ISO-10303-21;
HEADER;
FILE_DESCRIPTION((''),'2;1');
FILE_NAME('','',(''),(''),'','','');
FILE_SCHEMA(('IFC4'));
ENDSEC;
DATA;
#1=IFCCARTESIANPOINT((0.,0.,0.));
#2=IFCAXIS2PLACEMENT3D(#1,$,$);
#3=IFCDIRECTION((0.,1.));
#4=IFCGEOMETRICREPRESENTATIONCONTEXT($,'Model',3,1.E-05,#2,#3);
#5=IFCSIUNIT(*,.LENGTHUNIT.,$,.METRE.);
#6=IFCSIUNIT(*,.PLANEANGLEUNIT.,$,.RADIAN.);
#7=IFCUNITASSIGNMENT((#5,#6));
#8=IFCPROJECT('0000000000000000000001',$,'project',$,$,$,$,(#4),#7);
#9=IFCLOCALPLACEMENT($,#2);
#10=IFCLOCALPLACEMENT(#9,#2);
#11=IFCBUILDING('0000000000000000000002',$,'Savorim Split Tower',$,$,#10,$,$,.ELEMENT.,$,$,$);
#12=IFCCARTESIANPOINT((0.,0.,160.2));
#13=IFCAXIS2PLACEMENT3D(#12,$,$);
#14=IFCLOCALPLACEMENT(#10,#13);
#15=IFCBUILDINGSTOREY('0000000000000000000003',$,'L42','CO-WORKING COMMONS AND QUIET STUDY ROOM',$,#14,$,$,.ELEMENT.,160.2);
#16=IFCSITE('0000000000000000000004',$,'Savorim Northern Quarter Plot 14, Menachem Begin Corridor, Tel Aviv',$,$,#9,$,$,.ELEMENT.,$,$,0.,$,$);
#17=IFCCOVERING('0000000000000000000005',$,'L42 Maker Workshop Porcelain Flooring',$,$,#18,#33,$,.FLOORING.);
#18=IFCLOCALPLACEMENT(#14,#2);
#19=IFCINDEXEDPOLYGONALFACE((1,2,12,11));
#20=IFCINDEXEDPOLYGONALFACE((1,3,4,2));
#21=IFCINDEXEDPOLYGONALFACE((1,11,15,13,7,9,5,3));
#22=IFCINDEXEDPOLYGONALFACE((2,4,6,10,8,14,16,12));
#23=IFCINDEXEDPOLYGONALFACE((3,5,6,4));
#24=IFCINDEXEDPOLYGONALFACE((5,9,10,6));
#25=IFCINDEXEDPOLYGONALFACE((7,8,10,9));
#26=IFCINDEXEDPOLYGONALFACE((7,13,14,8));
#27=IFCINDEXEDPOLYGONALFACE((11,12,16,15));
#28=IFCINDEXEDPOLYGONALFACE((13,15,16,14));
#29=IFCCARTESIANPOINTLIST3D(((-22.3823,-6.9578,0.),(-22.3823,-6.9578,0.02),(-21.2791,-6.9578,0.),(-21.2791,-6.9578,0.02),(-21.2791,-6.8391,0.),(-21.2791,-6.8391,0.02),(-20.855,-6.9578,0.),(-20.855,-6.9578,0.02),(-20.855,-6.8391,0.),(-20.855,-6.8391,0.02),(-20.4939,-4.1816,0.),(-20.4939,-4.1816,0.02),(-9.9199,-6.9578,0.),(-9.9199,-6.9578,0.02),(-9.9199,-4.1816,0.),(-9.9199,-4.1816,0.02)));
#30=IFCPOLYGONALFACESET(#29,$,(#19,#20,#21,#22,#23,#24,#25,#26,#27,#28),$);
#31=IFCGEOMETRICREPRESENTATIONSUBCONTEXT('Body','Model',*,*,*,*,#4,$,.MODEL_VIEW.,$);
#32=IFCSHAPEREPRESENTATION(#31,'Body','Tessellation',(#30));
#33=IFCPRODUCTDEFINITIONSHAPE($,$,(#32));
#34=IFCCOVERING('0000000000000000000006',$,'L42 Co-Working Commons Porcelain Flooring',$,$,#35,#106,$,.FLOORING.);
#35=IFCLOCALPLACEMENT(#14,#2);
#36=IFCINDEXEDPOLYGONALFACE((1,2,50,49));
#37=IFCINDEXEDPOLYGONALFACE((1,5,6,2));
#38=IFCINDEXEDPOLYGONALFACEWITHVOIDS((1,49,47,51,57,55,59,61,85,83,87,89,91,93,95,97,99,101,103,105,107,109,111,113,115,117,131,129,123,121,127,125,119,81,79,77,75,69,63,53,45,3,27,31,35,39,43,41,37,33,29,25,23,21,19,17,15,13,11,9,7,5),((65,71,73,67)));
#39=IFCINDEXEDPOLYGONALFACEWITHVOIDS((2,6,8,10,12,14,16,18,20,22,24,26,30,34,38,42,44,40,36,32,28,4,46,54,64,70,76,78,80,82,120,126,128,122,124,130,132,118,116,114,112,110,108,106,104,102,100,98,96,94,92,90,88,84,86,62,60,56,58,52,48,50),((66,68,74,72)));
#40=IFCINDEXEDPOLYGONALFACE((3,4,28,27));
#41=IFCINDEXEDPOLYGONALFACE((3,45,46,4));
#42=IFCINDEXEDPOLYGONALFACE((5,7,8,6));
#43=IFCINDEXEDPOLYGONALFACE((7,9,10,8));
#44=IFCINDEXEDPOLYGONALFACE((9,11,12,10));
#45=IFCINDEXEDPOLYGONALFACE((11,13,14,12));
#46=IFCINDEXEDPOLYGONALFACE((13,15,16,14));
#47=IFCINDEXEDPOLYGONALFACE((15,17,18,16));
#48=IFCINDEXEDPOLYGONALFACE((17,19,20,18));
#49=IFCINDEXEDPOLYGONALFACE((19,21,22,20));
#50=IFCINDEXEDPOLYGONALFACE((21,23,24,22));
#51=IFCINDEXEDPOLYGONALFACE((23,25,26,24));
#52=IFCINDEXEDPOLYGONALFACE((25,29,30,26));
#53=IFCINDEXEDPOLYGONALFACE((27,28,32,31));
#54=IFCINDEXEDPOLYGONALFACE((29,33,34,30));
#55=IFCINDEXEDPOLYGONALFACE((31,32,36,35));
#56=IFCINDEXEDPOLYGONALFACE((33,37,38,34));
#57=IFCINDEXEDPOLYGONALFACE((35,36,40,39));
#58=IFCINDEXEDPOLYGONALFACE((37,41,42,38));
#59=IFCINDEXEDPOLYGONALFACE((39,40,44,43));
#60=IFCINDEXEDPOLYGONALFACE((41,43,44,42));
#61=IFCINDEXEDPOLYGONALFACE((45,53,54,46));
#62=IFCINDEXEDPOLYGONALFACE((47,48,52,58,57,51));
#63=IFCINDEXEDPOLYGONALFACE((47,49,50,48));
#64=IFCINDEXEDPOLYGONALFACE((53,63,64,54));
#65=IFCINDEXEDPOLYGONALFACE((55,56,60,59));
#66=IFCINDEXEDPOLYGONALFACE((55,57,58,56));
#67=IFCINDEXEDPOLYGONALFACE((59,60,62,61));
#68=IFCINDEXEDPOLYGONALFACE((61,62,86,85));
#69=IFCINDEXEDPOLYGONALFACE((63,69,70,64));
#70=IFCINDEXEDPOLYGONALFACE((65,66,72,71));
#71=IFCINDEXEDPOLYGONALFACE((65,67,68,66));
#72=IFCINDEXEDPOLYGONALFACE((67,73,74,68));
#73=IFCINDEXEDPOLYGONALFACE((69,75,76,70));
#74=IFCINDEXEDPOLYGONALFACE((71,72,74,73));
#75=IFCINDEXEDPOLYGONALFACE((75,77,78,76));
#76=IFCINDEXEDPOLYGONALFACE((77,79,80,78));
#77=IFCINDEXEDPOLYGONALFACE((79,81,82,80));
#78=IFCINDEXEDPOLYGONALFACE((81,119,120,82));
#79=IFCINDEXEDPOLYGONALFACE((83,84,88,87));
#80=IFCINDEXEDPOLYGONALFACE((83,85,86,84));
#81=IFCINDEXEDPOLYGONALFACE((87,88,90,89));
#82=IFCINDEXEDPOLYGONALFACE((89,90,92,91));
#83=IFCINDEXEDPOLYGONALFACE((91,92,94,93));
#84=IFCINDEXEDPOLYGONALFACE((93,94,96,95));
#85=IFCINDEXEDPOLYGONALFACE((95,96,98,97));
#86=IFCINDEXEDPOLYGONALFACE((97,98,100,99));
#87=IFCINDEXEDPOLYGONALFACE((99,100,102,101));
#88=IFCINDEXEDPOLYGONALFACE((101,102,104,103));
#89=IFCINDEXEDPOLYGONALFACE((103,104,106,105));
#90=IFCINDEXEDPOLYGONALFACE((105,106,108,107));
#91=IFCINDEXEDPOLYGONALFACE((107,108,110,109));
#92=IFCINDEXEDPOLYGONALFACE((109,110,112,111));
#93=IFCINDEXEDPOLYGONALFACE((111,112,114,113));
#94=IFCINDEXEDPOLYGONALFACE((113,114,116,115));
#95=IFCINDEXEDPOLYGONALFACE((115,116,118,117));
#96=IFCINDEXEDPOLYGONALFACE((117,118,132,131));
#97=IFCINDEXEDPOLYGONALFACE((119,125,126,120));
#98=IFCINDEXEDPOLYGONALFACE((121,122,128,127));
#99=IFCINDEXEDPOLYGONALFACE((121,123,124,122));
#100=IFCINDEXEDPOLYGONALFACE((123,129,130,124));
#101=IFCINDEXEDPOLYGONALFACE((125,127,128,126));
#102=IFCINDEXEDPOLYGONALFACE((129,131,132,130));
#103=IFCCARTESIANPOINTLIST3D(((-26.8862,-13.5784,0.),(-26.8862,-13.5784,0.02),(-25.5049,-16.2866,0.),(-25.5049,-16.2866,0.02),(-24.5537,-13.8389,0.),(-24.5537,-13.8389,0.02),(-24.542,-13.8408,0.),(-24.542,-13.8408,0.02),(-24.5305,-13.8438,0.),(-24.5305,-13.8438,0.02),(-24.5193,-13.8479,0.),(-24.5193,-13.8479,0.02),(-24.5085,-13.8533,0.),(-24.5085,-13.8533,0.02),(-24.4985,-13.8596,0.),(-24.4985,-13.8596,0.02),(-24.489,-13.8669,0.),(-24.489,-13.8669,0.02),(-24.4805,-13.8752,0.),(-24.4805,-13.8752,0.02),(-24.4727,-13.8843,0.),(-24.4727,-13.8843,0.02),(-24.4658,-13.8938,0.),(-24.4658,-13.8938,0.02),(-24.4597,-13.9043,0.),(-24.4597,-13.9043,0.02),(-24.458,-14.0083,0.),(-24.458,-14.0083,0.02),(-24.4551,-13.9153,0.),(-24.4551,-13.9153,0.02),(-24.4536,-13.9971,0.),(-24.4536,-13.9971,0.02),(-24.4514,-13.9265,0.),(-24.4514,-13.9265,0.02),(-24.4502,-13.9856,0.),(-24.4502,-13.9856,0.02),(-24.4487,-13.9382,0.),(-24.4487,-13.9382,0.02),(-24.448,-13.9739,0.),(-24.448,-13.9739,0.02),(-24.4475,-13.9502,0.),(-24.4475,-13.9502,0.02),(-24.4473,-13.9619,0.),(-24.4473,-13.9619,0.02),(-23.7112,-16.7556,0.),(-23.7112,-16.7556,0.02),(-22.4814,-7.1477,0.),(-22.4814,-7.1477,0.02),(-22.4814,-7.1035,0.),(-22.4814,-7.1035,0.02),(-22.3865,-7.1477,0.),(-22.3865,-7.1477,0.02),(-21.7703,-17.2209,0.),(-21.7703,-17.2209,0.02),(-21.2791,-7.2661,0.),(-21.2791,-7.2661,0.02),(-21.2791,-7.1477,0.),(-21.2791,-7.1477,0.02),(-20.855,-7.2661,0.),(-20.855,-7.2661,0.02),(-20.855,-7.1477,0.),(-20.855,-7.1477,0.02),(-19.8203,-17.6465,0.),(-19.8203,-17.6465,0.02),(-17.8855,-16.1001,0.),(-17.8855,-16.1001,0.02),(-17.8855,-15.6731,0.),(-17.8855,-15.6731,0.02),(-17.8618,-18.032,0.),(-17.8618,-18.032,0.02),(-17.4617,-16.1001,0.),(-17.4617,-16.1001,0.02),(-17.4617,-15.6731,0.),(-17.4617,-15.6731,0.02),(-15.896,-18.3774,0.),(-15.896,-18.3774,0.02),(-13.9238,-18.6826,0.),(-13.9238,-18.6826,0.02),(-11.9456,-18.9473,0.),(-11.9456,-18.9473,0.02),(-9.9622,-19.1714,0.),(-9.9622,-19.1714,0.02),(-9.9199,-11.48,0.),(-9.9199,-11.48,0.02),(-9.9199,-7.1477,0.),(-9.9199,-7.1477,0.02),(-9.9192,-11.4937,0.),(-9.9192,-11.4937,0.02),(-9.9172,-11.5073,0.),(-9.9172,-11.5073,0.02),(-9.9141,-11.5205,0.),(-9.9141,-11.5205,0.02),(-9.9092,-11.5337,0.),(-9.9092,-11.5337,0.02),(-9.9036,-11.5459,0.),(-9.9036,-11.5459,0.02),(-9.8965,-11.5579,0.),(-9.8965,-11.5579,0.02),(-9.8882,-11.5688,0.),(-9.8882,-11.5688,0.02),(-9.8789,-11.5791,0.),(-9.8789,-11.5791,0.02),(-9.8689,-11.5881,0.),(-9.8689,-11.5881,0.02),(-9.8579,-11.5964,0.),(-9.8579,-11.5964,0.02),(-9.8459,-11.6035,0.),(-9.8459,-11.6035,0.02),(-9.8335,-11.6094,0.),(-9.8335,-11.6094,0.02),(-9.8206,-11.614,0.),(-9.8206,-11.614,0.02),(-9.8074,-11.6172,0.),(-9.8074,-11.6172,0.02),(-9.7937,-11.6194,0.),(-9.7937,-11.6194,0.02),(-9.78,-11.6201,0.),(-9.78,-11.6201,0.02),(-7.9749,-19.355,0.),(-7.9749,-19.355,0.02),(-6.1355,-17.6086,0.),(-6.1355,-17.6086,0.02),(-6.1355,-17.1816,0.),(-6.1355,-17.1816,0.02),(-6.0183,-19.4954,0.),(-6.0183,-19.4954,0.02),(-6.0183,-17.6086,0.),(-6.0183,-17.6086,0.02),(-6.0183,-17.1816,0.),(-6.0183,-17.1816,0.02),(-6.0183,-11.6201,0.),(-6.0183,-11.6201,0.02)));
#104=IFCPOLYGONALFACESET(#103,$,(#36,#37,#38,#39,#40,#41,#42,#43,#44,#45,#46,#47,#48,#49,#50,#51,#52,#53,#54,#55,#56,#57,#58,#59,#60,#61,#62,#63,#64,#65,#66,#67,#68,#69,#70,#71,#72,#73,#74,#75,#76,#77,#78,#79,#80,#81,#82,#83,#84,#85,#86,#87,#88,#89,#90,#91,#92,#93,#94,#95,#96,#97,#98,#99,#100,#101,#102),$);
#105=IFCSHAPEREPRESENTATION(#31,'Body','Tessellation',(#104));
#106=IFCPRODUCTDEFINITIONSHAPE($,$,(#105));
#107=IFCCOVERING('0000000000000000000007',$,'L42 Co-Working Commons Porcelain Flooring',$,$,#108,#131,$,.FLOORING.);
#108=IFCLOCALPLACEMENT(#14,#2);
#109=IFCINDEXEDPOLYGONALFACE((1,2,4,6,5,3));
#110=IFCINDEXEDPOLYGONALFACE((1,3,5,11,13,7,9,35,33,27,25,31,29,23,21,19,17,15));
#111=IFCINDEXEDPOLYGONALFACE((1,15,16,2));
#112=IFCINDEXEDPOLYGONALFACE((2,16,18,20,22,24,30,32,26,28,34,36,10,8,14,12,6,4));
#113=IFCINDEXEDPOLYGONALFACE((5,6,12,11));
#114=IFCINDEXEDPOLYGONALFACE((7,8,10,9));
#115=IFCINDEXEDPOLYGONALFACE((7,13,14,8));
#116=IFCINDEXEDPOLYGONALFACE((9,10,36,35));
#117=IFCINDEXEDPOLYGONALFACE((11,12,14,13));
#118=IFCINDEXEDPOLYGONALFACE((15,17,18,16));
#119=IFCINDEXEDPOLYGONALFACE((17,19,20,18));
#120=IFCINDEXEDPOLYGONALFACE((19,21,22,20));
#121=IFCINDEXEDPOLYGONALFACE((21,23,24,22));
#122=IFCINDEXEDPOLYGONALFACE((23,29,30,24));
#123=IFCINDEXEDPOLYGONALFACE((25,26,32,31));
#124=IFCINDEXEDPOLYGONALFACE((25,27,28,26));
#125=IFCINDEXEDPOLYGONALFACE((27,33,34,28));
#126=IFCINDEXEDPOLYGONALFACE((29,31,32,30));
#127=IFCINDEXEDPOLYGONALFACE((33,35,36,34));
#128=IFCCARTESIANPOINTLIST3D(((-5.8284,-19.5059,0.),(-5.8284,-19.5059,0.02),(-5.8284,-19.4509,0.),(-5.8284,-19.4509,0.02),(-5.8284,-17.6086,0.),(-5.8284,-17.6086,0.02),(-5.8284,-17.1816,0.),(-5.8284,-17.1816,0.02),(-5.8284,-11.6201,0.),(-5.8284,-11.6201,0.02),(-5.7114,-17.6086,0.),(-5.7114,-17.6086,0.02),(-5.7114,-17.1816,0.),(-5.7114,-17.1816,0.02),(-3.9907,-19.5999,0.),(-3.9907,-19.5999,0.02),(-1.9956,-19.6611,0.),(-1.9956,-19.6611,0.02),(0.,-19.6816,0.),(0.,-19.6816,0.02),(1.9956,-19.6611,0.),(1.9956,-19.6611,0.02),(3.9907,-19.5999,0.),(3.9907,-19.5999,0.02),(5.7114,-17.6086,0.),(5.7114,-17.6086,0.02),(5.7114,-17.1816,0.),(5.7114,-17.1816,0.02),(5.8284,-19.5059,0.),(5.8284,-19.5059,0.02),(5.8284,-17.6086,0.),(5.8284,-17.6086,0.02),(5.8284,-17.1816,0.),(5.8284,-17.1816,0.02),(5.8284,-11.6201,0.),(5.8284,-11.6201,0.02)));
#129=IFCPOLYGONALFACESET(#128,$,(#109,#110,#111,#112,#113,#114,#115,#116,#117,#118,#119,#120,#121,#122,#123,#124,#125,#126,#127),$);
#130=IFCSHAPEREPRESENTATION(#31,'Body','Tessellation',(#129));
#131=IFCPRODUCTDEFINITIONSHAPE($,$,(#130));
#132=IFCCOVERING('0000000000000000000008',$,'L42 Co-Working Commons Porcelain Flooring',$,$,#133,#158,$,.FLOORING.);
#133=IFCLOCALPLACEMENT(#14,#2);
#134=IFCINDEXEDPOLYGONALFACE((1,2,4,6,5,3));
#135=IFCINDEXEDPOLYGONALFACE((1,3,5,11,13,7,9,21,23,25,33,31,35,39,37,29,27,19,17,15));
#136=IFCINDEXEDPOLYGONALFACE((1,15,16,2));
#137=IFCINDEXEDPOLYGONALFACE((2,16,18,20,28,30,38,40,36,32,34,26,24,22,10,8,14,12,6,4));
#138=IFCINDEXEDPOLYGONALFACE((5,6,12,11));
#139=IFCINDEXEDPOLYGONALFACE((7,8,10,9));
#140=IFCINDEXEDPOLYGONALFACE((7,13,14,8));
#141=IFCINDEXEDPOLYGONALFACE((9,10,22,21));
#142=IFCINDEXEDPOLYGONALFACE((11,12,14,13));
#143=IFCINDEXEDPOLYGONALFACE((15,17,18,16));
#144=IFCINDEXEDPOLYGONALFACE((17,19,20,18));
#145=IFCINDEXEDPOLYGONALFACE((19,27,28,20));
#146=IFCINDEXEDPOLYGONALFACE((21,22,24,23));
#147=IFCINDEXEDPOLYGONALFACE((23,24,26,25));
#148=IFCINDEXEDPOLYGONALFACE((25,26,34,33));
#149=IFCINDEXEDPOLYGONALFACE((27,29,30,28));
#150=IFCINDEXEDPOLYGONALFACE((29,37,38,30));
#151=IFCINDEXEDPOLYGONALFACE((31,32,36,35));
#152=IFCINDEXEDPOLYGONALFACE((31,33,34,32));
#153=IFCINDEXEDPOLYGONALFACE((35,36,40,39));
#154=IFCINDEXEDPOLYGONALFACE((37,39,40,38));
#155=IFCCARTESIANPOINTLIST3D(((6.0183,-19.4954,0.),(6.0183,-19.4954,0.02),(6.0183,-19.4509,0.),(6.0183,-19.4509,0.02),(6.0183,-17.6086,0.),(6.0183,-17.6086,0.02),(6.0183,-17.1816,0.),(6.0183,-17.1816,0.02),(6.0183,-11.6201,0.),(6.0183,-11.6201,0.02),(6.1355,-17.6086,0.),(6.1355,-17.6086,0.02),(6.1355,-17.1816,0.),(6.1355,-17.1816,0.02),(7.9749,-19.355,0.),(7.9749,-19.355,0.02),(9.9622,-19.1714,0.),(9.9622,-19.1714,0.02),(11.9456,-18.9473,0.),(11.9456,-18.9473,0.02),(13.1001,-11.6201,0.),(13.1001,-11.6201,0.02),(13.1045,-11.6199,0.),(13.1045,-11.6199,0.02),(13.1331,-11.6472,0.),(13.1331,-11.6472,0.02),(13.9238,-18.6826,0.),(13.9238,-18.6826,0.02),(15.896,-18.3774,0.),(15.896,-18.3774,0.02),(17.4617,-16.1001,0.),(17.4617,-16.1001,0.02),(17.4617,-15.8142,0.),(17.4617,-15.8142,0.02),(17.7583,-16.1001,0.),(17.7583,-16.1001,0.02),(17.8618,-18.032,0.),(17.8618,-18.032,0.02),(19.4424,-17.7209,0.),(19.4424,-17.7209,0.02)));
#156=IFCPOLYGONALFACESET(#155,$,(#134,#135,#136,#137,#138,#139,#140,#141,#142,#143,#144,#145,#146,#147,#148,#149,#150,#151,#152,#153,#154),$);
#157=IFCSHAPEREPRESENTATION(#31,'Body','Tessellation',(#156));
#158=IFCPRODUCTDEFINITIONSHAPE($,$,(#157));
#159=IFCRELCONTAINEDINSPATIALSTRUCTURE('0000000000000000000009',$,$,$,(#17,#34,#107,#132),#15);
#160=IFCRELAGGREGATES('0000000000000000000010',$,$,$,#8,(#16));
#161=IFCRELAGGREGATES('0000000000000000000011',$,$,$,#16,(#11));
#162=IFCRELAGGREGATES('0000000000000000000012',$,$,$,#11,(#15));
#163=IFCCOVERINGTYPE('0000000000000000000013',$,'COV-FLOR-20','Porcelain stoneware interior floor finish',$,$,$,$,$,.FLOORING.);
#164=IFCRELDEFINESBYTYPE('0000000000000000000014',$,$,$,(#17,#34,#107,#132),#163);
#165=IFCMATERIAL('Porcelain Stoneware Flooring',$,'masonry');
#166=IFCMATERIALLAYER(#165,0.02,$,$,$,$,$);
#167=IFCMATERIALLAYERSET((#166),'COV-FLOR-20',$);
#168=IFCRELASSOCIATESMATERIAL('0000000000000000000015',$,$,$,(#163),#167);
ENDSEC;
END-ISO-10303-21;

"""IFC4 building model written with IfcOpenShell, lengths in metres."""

from ifc_helpers import new_model, si_unit, direction, frame, origin, place, context, subcontext, project, spatial, polyline, outline, extrude, material, layer, layer_set, type_object, element, save


model = new_model("IFC4")

# Units and contexts
model_context = context("Model", 3, precision=1e-05, world=origin(), true_north=direction((0.0, 1.0)))
body_context = subcontext(model_context, "Body", "Model", "MODEL_VIEW")
ifc_project = project(units=[si_unit("LENGTHUNIT", "METRE"), si_unit("PLANEANGLEUNIT", "RADIAN")], contexts=[model_context])

# Site, building, storey
site_placement = place(None, origin())
site = spatial("IfcSite", under=ifc_project, at=site_placement, Name="Savorim Northern Quarter Plot 14, Menachem Begin Corridor, Tel Aviv", CompositionType="ELEMENT", RefElevation=0.0)
building_placement = place(site_placement, origin())
building = spatial("IfcBuilding", under=site, at=building_placement, Name="Savorim Split Tower", CompositionType="ELEMENT")
storey_placement = place(building_placement, frame((0.0, 0.0, 160.2)))
storey = spatial("IfcBuildingStorey", under=building, at=storey_placement, Name="L42", Description="CO-WORKING COMMONS AND QUIET STUDY ROOM", CompositionType="ELEMENT", Elevation=160.2)

# Coverings
ifc_material = material(Name="Porcelain Stoneware Flooring", Category="masonry")
ifc_layer = layer(ifc_material, 0.02)
ifc_layer_set = layer_set([ifc_layer], Name="COV-FLOR-20")
covering_type = type_object("IfcCoveringType", Name="COV-FLOR-20", Description="Porcelain stoneware interior floor finish", PredefinedType="FLOORING", material=ifc_layer_set)
covering_1_placement = place(storey_placement, origin())
element("IfcCovering", 1, at=covering_1_placement, inside=storey, type_object=covering_type, Name="L42 Maker Workshop Porcelain Flooring", PredefinedType="FLOORING", context=body_context, shape_type="SweptSolid", body=[
    extrude(outline(polyline([(-20.855, -6.8391), (-20.855, -6.9578), (-9.9199, -6.9578), (-9.9199, -4.1816), (-20.4939, -4.1816), (-22.3823, -6.9578), (-21.2791, -6.9578), (-21.2791, -6.8391), (-20.855, -6.8391)])), origin(), (0.0, 0.0, 1.0), 0.02),
])
covering_2_placement = place(storey_placement, origin())
element("IfcCovering", 2, at=covering_2_placement, inside=storey, type_object=covering_type, Name="L42 Co-Working Commons Porcelain Flooring", PredefinedType="FLOORING", context=body_context, shape_type="SweptSolid", body=[
    extrude(outline(polyline([(-24.4475, -13.9502), (-24.4473, -13.9619), (-24.448, -13.9739), (-24.4502, -13.9856), (-24.4536, -13.9971), (-24.458, -14.0083), (-25.5049, -16.2866), (-23.7112, -16.7556), (-21.7703, -17.2209), (-19.8203, -17.6465), (-17.8618, -18.032), (-15.896, -18.3774), (-13.9238, -18.6826), (-11.9456, -18.9473), (-9.9622, -19.1714), (-7.9749, -19.355), (-6.0183, -19.4954), (-6.0183, -17.6086), (-6.1355, -17.6086), (-6.1355, -17.1816), (-6.0183, -17.1816), (-6.0183, -11.6201), (-9.78, -11.6201), (-9.7937, -11.6194), (-9.8074, -11.6172), (-9.8206, -11.614), (-9.8335, -11.6094), (-9.8459, -11.6035), (-9.8579, -11.5964), (-9.8689, -11.5881), (-9.8789, -11.5791), (-9.8882, -11.5688), (-9.8965, -11.5579), (-9.9036, -11.5459), (-9.9092, -11.5337), (-9.9141, -11.5205), (-9.9172, -11.5073), (-9.9192, -11.4937), (-9.9199, -11.48), (-9.9199, -7.1477), (-20.855, -7.1477), (-20.855, -7.2661), (-21.2791, -7.2661), (-21.2791, -7.1477), (-22.3865, -7.1477), (-22.4814, -7.1477), (-22.4814, -7.1035), (-26.8862, -13.5784), (-24.5537, -13.8389), (-24.542, -13.8408), (-24.5305, -13.8438), (-24.5193, -13.8479), (-24.5085, -13.8533), (-24.4985, -13.8596), (-24.489, -13.8669), (-24.4805, -13.8752), (-24.4727, -13.8843), (-24.4658, -13.8938), (-24.4597, -13.9043), (-24.4551, -13.9153), (-24.4514, -13.9265), (-24.4487, -13.9382), (-24.4475, -13.9502)]), holes=[polyline([(-17.8855, -16.1001), (-17.4617, -16.1001), (-17.4617, -15.6731), (-17.8855, -15.6731), (-17.8855, -16.1001)])]), origin(), (0.0, 0.0, 1.0), 0.02),
])
covering_3_placement = place(storey_placement, origin())
element("IfcCovering", 3, at=covering_3_placement, inside=storey, type_object=covering_type, Name="L42 Co-Working Commons Porcelain Flooring", PredefinedType="FLOORING", context=body_context, shape_type="SweptSolid", body=[
    extrude(outline(polyline([(-1.9956, -19.6611), (0.0, -19.6816), (1.9956, -19.6611), (3.9907, -19.5999), (5.8284, -19.5059), (5.8284, -17.6086), (5.7114, -17.6086), (5.7114, -17.1816), (5.8284, -17.1816), (5.8284, -11.6201), (-5.8284, -11.6201), (-5.8284, -17.1816), (-5.7114, -17.1816), (-5.7114, -17.6086), (-5.8284, -17.6086), (-5.8284, -19.4509), (-5.8284, -19.5059), (-3.9907, -19.5999), (-1.9956, -19.6611)])), origin(), (0.0, 0.0, 1.0), 0.02),
])
covering_4_placement = place(storey_placement, origin())
element("IfcCovering", 4, at=covering_4_placement, inside=storey, type_object=covering_type, Name="L42 Co-Working Commons Porcelain Flooring", PredefinedType="FLOORING", context=body_context, shape_type="SweptSolid", body=[
    extrude(outline(polyline([(11.9456, -18.9473), (13.9238, -18.6826), (15.896, -18.3774), (17.8618, -18.032), (19.4424, -17.7209), (17.7583, -16.1001), (17.4617, -16.1001), (17.4617, -15.8142), (13.1331, -11.6472), (13.1045, -11.6199), (13.1001, -11.6201), (6.0183, -11.6201), (6.0183, -17.1816), (6.1355, -17.1816), (6.1355, -17.6086), (6.0183, -17.6086), (6.0183, -19.4509), (6.0183, -19.4954), (7.9749, -19.355), (9.9622, -19.1714), (11.9456, -18.9473)])), origin(), (0.0, 0.0, 1.0), 0.02),
])

save(model, "model.ifc")
